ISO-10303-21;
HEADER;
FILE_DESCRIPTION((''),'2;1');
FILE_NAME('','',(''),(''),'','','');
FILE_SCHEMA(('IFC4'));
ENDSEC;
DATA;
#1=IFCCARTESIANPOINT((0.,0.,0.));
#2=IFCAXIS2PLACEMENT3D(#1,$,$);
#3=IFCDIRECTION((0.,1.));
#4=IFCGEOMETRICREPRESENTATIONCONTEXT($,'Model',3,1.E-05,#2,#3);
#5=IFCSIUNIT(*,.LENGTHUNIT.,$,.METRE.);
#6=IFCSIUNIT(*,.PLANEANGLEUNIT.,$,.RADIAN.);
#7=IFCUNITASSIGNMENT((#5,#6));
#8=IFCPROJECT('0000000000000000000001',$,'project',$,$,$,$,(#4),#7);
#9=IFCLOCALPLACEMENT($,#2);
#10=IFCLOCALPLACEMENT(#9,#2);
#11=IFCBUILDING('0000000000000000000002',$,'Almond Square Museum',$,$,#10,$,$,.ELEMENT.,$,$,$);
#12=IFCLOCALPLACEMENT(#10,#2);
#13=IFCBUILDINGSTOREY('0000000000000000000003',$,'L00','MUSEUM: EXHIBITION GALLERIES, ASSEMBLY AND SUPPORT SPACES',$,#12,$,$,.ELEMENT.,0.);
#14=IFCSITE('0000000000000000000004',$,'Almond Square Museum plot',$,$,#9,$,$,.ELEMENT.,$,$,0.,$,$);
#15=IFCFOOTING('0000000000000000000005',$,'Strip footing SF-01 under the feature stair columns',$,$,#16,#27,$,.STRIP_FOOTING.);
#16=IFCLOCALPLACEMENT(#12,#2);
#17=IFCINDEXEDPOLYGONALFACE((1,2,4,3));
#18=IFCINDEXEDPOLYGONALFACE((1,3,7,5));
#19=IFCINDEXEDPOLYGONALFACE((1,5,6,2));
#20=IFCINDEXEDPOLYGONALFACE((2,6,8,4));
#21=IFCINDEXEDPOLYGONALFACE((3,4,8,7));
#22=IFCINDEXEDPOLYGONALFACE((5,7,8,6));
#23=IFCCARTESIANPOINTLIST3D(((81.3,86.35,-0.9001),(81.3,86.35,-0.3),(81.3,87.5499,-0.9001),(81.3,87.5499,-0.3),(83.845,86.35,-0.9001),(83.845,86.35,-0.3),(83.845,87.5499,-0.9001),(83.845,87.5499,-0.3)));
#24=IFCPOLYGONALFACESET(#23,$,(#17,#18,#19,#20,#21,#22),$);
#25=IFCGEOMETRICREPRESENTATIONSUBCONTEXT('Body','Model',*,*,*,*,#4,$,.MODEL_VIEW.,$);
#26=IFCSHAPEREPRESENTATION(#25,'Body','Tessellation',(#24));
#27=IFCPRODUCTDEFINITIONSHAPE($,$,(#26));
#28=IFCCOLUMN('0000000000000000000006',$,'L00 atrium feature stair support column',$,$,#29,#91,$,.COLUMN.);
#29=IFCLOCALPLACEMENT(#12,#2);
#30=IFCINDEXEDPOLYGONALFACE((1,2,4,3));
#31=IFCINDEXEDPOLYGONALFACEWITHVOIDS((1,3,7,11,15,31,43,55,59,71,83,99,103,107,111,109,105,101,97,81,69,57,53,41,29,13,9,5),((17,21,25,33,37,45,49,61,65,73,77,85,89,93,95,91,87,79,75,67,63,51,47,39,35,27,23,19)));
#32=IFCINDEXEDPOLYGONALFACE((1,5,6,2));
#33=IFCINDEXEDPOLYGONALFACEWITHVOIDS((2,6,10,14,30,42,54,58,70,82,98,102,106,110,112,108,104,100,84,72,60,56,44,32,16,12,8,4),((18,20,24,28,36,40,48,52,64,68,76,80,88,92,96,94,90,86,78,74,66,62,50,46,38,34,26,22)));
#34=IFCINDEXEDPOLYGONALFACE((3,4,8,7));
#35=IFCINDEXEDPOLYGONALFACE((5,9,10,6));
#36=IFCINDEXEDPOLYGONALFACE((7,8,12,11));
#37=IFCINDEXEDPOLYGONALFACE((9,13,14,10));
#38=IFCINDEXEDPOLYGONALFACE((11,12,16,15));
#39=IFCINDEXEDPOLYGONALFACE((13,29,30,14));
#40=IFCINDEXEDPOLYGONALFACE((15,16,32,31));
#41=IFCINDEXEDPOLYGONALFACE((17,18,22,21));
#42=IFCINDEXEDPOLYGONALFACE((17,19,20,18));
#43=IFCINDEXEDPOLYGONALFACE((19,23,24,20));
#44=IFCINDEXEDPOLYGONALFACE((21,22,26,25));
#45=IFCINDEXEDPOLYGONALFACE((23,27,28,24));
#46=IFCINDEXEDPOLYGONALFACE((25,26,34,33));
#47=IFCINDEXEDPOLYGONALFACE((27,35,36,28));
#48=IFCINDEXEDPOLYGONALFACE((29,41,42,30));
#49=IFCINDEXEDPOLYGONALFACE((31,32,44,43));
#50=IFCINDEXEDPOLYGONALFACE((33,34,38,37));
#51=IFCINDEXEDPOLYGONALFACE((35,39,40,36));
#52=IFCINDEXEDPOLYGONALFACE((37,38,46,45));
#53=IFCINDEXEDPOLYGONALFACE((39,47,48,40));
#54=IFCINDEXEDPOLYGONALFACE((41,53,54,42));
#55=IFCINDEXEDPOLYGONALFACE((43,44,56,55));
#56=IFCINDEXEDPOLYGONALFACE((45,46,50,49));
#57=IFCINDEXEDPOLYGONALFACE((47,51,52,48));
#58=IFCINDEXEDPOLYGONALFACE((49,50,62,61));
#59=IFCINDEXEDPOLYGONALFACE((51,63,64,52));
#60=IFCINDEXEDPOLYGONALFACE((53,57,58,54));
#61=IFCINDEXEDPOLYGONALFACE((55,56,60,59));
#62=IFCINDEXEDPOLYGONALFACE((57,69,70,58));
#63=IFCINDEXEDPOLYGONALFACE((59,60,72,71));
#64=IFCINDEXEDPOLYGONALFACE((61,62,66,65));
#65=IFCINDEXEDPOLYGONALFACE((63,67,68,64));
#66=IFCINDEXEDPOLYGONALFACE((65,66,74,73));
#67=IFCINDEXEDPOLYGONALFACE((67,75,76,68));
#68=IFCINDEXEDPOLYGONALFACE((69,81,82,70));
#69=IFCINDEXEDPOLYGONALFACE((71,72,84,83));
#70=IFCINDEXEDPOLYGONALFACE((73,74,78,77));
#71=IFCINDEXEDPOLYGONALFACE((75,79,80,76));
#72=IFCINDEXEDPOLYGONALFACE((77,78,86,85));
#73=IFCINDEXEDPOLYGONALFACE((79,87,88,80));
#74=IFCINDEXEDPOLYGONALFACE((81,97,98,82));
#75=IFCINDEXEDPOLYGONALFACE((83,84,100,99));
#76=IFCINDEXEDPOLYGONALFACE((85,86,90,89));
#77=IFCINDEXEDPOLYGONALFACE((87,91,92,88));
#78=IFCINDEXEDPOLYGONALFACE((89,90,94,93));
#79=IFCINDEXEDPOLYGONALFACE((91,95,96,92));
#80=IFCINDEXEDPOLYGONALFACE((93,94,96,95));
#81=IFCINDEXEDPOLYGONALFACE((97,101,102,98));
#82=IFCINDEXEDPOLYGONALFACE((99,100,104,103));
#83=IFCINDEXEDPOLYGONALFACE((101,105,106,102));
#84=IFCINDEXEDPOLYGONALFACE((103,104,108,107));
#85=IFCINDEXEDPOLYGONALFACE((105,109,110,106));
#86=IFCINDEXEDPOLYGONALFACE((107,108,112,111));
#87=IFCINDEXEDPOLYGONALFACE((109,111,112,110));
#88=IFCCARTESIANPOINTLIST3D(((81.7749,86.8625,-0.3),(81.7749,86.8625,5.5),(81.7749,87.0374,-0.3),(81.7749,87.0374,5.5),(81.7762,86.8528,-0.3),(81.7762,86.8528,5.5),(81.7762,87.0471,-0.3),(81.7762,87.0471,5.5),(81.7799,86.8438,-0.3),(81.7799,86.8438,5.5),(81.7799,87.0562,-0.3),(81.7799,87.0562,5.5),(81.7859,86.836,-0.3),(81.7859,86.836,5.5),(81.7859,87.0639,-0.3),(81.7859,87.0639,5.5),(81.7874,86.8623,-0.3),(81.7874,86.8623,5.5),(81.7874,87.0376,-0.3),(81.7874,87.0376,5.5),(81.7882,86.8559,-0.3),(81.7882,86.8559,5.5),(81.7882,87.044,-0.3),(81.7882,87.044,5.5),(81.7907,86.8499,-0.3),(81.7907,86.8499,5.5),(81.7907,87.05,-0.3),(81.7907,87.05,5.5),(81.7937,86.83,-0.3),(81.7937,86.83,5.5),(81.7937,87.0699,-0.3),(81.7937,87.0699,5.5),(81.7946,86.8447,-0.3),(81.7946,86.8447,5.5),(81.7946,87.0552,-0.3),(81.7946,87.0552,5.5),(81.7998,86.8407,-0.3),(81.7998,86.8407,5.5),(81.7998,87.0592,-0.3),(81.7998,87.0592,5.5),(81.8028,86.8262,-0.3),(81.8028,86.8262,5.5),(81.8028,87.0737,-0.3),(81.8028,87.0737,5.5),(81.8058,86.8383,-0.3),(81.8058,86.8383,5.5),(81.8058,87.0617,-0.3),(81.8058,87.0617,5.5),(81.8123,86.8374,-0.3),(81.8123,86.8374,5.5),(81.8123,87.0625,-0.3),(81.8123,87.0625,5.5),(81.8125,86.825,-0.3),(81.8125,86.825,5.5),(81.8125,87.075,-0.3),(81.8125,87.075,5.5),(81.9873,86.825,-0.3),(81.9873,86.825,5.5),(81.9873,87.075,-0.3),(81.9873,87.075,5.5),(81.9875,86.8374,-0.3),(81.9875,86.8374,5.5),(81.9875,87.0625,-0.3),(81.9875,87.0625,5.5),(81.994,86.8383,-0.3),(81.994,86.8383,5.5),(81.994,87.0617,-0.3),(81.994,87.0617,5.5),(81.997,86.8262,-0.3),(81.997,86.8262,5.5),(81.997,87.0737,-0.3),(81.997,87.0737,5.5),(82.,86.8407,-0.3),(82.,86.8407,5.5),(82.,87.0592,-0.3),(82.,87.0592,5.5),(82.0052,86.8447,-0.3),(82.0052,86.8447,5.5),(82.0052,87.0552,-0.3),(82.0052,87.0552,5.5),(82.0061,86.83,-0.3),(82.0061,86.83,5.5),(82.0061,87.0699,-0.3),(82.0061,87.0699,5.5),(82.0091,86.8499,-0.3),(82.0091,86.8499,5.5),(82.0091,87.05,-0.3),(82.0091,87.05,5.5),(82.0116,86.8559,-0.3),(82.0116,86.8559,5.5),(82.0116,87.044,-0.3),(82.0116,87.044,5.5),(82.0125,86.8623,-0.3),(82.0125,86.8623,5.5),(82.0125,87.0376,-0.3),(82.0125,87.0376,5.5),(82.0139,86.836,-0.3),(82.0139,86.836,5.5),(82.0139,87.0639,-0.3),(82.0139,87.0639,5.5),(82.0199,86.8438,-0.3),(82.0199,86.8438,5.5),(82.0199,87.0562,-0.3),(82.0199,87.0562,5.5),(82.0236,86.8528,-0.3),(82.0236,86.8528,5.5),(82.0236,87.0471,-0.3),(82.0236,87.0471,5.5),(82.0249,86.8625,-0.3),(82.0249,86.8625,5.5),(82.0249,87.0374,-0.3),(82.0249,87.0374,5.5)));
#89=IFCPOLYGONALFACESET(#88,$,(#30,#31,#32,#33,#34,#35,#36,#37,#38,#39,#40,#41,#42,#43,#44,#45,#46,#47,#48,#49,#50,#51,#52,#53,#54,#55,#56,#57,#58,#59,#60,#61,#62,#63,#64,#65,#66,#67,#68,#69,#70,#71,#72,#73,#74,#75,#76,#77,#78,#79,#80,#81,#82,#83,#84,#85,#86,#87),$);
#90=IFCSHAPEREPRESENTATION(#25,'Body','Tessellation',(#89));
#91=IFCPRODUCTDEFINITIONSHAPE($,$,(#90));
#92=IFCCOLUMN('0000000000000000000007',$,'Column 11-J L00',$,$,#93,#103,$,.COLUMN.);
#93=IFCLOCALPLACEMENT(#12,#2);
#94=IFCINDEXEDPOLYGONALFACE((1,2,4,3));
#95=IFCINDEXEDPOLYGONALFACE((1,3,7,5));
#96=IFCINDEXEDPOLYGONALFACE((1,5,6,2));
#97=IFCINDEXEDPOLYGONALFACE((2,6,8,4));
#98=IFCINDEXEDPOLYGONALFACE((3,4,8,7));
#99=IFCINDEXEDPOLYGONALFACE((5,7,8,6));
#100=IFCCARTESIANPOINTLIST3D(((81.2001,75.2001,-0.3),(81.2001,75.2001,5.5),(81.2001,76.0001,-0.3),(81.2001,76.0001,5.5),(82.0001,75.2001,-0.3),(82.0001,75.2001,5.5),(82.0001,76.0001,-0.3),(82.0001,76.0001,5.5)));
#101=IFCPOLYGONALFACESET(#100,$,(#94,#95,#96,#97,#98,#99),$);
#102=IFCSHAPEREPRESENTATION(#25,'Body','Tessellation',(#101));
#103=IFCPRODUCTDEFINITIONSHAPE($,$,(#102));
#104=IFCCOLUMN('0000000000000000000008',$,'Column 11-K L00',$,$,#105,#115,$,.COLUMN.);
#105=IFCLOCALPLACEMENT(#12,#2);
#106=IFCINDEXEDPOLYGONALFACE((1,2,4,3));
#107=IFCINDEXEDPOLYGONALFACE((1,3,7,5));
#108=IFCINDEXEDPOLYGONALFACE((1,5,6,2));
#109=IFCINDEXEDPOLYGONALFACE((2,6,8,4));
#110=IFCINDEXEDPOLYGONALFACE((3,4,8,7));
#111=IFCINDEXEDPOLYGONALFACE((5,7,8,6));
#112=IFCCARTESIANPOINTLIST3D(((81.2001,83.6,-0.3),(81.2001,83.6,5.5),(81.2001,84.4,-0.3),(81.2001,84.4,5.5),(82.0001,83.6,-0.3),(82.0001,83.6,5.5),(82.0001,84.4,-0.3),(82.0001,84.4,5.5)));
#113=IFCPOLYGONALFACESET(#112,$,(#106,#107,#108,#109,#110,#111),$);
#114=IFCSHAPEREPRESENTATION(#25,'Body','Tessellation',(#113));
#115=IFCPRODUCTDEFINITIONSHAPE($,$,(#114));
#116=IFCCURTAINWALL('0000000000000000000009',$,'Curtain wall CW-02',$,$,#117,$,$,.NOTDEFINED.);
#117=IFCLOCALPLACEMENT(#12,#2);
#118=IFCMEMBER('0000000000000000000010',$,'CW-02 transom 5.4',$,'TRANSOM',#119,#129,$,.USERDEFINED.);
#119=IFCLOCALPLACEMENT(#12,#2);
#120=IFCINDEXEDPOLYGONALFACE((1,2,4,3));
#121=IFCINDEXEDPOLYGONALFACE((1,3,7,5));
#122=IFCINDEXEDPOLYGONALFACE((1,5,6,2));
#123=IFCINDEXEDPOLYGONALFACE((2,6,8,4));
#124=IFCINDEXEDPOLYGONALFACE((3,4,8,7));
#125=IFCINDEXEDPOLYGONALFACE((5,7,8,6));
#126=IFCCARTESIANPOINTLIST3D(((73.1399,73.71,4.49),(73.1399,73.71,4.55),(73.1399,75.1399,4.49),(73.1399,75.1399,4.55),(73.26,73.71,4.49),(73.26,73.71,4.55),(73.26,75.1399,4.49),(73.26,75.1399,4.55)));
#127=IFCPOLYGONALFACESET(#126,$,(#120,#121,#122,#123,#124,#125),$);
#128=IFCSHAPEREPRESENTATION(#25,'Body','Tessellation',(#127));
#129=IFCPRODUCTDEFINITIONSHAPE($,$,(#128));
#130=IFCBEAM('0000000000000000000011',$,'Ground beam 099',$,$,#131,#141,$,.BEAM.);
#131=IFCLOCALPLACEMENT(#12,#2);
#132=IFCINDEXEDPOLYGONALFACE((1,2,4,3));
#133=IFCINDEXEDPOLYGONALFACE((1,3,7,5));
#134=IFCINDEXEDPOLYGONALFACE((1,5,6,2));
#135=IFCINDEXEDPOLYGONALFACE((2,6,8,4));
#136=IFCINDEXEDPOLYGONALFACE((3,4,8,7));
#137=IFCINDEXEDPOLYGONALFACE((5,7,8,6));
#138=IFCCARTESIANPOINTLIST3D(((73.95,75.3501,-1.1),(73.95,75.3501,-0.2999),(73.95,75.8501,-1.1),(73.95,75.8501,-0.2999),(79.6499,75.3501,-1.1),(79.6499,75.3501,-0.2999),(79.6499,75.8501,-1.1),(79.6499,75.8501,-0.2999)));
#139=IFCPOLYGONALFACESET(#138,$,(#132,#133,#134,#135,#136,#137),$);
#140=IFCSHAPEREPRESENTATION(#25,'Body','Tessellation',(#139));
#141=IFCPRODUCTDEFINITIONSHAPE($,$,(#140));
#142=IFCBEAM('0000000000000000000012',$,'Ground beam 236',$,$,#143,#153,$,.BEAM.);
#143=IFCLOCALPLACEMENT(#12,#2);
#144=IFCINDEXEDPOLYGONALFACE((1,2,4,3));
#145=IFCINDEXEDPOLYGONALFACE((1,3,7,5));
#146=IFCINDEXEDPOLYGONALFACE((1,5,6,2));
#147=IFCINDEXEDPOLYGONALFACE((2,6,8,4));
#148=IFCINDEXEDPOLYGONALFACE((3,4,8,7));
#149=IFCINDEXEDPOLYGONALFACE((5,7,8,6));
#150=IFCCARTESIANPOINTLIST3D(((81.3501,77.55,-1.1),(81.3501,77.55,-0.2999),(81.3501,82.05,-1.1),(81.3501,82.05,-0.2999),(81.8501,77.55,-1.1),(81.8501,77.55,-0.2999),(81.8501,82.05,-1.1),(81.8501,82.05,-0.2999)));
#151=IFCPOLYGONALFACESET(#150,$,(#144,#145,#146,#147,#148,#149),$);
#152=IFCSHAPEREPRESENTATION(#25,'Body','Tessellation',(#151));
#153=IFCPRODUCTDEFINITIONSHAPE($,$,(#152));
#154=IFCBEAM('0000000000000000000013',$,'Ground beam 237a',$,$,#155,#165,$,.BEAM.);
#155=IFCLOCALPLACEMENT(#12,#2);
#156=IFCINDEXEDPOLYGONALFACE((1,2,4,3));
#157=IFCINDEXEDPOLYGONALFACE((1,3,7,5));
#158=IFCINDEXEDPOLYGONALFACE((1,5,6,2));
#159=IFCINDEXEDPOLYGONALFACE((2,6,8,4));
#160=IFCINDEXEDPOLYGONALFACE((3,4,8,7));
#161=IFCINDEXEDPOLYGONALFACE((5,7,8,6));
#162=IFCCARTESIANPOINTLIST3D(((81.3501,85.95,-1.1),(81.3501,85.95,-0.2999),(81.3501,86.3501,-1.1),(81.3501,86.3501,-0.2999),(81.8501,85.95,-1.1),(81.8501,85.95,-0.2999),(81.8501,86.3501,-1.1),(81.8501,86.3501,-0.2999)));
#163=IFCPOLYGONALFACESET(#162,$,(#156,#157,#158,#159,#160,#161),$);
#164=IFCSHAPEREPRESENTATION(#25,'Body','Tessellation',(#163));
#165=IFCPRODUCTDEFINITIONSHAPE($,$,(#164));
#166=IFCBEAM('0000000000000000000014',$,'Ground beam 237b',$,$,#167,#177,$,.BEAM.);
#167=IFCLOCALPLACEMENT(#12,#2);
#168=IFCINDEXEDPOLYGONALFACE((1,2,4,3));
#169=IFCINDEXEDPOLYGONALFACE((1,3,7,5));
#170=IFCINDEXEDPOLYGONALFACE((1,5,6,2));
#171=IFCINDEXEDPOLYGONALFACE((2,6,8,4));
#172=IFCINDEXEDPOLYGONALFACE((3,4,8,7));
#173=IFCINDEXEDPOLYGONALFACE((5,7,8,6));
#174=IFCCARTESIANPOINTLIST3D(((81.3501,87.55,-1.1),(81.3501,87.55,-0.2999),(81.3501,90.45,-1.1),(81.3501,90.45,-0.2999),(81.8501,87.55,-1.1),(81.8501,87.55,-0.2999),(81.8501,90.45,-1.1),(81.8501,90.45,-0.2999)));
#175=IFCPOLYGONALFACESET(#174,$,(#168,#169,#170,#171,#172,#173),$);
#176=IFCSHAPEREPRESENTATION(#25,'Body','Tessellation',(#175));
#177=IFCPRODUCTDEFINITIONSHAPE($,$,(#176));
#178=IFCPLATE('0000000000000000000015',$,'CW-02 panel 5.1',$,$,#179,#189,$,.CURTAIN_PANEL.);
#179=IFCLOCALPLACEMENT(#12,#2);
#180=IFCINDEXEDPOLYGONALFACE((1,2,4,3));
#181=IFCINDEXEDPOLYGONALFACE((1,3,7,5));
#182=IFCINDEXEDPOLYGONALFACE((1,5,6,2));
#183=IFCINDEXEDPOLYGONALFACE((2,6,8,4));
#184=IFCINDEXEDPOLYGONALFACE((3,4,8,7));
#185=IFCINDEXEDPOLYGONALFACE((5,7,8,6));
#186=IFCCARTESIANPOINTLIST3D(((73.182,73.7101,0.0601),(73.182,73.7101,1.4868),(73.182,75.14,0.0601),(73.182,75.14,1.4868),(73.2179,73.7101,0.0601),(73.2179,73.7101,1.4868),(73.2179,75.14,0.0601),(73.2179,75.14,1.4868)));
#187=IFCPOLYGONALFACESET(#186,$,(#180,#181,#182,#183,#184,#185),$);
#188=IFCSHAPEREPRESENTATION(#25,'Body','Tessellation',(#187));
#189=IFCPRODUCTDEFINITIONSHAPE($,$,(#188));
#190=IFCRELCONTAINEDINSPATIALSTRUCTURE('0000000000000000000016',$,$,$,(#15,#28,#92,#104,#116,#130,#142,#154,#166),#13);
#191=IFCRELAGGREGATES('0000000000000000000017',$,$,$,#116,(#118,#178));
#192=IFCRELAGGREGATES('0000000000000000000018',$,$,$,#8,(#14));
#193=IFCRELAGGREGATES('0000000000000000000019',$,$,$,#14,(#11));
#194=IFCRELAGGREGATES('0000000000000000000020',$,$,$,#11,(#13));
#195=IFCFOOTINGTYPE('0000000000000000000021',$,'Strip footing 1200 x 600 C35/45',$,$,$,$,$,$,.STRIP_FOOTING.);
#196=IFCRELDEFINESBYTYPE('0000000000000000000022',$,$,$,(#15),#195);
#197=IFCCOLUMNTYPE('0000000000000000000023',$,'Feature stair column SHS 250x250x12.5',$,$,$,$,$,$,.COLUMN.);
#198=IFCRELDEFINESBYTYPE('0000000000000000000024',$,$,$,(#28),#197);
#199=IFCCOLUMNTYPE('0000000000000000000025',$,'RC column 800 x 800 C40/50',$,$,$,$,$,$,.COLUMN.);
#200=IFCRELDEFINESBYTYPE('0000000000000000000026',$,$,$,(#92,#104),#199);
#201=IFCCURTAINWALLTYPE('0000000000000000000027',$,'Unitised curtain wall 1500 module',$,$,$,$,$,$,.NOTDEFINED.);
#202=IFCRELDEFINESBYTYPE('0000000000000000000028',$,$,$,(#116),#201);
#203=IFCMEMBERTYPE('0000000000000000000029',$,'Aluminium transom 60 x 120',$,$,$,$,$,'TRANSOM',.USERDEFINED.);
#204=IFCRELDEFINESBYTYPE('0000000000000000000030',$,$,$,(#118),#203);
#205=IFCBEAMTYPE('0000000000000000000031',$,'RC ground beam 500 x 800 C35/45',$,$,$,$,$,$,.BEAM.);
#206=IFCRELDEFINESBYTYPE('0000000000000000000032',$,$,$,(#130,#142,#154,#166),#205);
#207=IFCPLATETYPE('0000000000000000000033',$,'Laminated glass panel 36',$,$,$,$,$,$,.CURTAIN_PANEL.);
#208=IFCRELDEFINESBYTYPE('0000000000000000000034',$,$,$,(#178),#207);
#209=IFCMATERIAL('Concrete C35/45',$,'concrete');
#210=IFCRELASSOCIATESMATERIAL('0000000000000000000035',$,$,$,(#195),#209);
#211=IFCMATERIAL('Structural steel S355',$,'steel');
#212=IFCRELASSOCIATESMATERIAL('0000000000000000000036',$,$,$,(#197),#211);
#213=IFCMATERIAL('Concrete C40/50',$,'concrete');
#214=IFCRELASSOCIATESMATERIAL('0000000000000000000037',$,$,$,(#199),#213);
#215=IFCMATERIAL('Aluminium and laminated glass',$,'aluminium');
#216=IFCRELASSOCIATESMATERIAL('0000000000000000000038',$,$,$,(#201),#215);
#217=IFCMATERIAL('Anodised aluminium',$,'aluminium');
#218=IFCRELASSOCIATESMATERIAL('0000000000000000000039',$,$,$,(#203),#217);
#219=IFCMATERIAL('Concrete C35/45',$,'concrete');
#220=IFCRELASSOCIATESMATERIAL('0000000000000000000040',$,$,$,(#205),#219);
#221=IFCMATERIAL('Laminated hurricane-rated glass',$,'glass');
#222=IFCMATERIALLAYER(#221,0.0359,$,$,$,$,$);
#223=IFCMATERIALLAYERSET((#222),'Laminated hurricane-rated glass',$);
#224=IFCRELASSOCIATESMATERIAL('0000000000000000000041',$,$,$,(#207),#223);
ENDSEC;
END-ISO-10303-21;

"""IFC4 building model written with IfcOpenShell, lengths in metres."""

from ifc_helpers import new_model, si_unit, direction, frame, origin, origin_2d, place, context, subcontext, project, spatial, rectangle, hollow_rectangle, extrude, material, layer, layer_set, material_profile, profile_set, type_object, element, aggregate, save


model = new_model("IFC4")

# Units and contexts
model_context = context("Model", 3, precision=1e-05, world=origin(), true_north=direction((0.0, 1.0)))
body_context = subcontext(model_context, "Body", "Model", "MODEL_VIEW")
ifc_project = project(units=[si_unit("LENGTHUNIT", "METRE"), si_unit("PLANEANGLEUNIT", "RADIAN")], contexts=[model_context])

# Site, building, storey
site_placement = place(None, origin())
site = spatial("IfcSite", under=ifc_project, at=site_placement, Name="Almond Square Museum plot", CompositionType="ELEMENT", RefElevation=0.0)
building_placement = place(site_placement, origin())
building = spatial("IfcBuilding", under=site, at=building_placement, Name="Almond Square Museum", CompositionType="ELEMENT")
storey_placement = place(building_placement, origin())
storey = spatial("IfcBuildingStorey", under=building, at=storey_placement, Name="L00", Description="MUSEUM: EXHIBITION GALLERIES, ASSEMBLY AND SUPPORT SPACES", CompositionType="ELEMENT", Elevation=0.0)

# Footing
ifc_material_1 = material(Name="Concrete C35/45", Category="concrete")
footing_type_1 = type_object("IfcFootingType", Name="Strip footing 1200 x 600 C35/45", PredefinedType="STRIP_FOOTING", material=ifc_material_1)
footing_placement = place(storey_placement, frame((82.5725, 86.95, -0.9001), z_axis=(0.0, 0.0, 1.0), x_axis=(1.0, 0.0, 0.0)))
element("IfcFooting", 1, at=footing_placement, inside=storey, type_object=footing_type_1, Name="Strip footing SF-01 under the feature stair columns", PredefinedType="STRIP_FOOTING", context=body_context, shape_type="SweptSolid", body=[
    extrude(rectangle(XDim=2.5449, YDim=1.2, at=origin_2d()), origin(), (0.0, 0.0, 1.0), 0.6001),
])

# Columns
ifc_material_2 = material(Name="Structural steel S355", Category="steel")
ifc_material_profile_1 = material_profile(ifc_material_2, hollow_rectangle(XDim=0.25, YDim=0.25, WallThickness=0.0125, InnerFilletRadius=0.0249, OuterFilletRadius=0.0376, at=origin_2d()))
ifc_profile_set_1 = profile_set([ifc_material_profile_1], Name="Structural steel S355")
column_type_1 = type_object("IfcColumnType", Name="Feature stair column SHS 250x250x12.5", PredefinedType="COLUMN", material=ifc_profile_set_1)
column_placement = place(storey_placement, frame((81.8999, 86.95, -0.3), z_axis=(0.0, 0.0, 1.0), x_axis=(1.0, 0.0, 0.0)))
element("IfcColumn", 2, at=column_placement, inside=storey, type_object=column_type_1, Name="L00 atrium feature stair support column", PredefinedType="COLUMN", context=body_context, shape_type="SweptSolid", body=[
    extrude(hollow_rectangle(XDim=0.25, YDim=0.25, WallThickness=0.0125, InnerFilletRadius=0.0249, OuterFilletRadius=0.0376, at=origin_2d()), origin(), (0.0, 0.0, 1.0), 5.8),
])
ifc_material_3 = material(Name="Concrete C40/50", Category="concrete")
ifc_material_profile_2 = material_profile(ifc_material_3, rectangle(XDim=0.8, YDim=0.8, at=origin_2d()))
ifc_profile_set_2 = profile_set([ifc_material_profile_2], Name="Concrete C40/50")
column_type_2 = type_object("IfcColumnType", Name="RC column 800 x 800 C40/50", PredefinedType="COLUMN", material=ifc_profile_set_2)
for number, where, z_axis, x_axis, name in (
    (3, (81.6001, 75.6001, -0.3), (0.0, 0.0, 1.0), (1.0, 0.0, 0.0), "Column 11-J L00"),
    (4, (81.6001, 84.0, -0.3), (0.0, 0.0, 1.0), (1.0, 0.0, 0.0), "Column 11-K L00"),
):
    element("IfcColumn", number, at=place(storey_placement, frame(where, z_axis=z_axis, x_axis=x_axis)), inside=storey, type_object=column_type_2, Name=name, PredefinedType="COLUMN", context=body_context, shape_type="SweptSolid", body=[
        extrude(rectangle(XDim=0.8, YDim=0.8, at=origin_2d()), origin(), (0.0, 0.0, 1.0), 5.8),
    ])

# Curtain wall, member
ifc_material_4 = material(Name="Aluminium and laminated glass", Category="aluminium")
curtain_wall_type = type_object("IfcCurtainWallType", Name="Unitised curtain wall 1500 module", PredefinedType="NOTDEFINED", material=ifc_material_4)
curtain_wall_placement = place(storey_placement, origin())
curtain_wall = element("IfcCurtainWall", 5, at=curtain_wall_placement, inside=storey, type_object=curtain_wall_type, Name="Curtain wall CW-02", PredefinedType="NOTDEFINED")
ifc_material_5 = material(Name="Anodised aluminium", Category="aluminium")
ifc_material_profile_3 = material_profile(ifc_material_5, rectangle(XDim=0.1201, YDim=0.0601, at=origin_2d()))
ifc_profile_set_3 = profile_set([ifc_material_profile_3], Name="Anodised aluminium")
member_type = type_object("IfcMemberType", Name="Aluminium transom 60 x 120", ElementType="TRANSOM", PredefinedType="USERDEFINED", material=ifc_profile_set_3)
member_placement = place(storey_placement, frame((73.2, 73.71, 4.52), z_axis=(0.0, 1.0, 0.0), x_axis=(-1.0, 0.0, 0.0)))
member = element("IfcMember", 6, at=member_placement, type_object=member_type, Name="CW-02 transom 5.4", ObjectType="TRANSOM", PredefinedType="USERDEFINED", context=body_context, shape_type="SweptSolid", body=[
    extrude(rectangle(XDim=0.1201, YDim=0.0601, at=origin_2d()), origin(), (0.0, 0.0, 1.0), 1.4299),
])

# Beams
ifc_material_6 = material(Name="Concrete C35/45", Category="concrete")
ifc_material_profile_4 = material_profile(ifc_material_6, rectangle(XDim=0.5, YDim=0.8, at=origin_2d()))
ifc_profile_set_4 = profile_set([ifc_material_profile_4], Name="Concrete C35/45")
beam_type = type_object("IfcBeamType", Name="RC ground beam 500 x 800 C35/45", PredefinedType="BEAM", material=ifc_profile_set_4)
beam_1_placement = place(storey_placement, frame((73.95, 75.6001, -0.7), z_axis=(1.0, 0.0, 0.0), x_axis=(0.0, 1.0, 0.0)))
element("IfcBeam", 7, at=beam_1_placement, inside=storey, type_object=beam_type, Name="Ground beam 099", PredefinedType="BEAM", context=body_context, shape_type="SweptSolid", body=[
    extrude(rectangle(XDim=0.5, YDim=0.8, at=origin_2d()), origin(), (0.0, 0.0, 1.0), 5.7),
])
beam_2_placement = place(storey_placement, frame((81.6001, 77.55, -0.7), z_axis=(0.0, 1.0, 0.0), x_axis=(-1.0, 0.0, 0.0)))
element("IfcBeam", 8, at=beam_2_placement, inside=storey, type_object=beam_type, Name="Ground beam 236", PredefinedType="BEAM", context=body_context, shape_type="SweptSolid", body=[
    extrude(rectangle(XDim=0.5, YDim=0.8, at=origin_2d()), origin(), (0.0, 0.0, 1.0), 4.5),
])
beam_3_placement = place(storey_placement, frame((81.6001, 85.95, -0.7), z_axis=(0.0, 1.0, 0.0), x_axis=(-1.0, 0.0, 0.0)))
element("IfcBeam", 9, at=beam_3_placement, inside=storey, type_object=beam_type, Name="Ground beam 237a", PredefinedType="BEAM", context=body_context, shape_type="SweptSolid", body=[
    extrude(rectangle(XDim=0.5, YDim=0.8, at=origin_2d()), origin(), (0.0, 0.0, 1.0), 0.4001),
])
beam_4_placement = place(storey_placement, frame((81.6001, 87.55, -0.7), z_axis=(0.0, 1.0, 0.0), x_axis=(-1.0, 0.0, 0.0)))
element("IfcBeam", 10, at=beam_4_placement, inside=storey, type_object=beam_type, Name="Ground beam 237b", PredefinedType="BEAM", context=body_context, shape_type="SweptSolid", body=[
    extrude(rectangle(XDim=0.5, YDim=0.8, at=origin_2d()), origin(), (0.0, 0.0, 1.0), 2.8999),
])

# Plate
ifc_material_7 = material(Name="Laminated hurricane-rated glass", Category="glass")
ifc_layer_1 = layer(ifc_material_7, 0.0359)
ifc_layer_set_1 = layer_set([ifc_layer_1], Name="Laminated hurricane-rated glass")
plate_type = type_object("IfcPlateType", Name="Laminated glass panel 36", PredefinedType="CURTAIN_PANEL", material=ifc_layer_set_1)
plate_1_placement = place(storey_placement, frame((73.2, 74.425, 0.0601), z_axis=(0.0, 0.0, 1.0), x_axis=(0.0, 1.0, 0.0)))
plate_1 = element("IfcPlate", 11, at=plate_1_placement, type_object=plate_type, Name="CW-02 panel 5.1", PredefinedType="CURTAIN_PANEL", context=body_context, shape_type="SweptSolid", body=[
    extrude(rectangle(XDim=1.4299, YDim=0.0359, at=origin_2d()), origin(), (0.0, 0.0, 1.0), 1.4268),
])
aggregate(curtain_wall, [member, plate_1])

save(model, "model.ifc")
